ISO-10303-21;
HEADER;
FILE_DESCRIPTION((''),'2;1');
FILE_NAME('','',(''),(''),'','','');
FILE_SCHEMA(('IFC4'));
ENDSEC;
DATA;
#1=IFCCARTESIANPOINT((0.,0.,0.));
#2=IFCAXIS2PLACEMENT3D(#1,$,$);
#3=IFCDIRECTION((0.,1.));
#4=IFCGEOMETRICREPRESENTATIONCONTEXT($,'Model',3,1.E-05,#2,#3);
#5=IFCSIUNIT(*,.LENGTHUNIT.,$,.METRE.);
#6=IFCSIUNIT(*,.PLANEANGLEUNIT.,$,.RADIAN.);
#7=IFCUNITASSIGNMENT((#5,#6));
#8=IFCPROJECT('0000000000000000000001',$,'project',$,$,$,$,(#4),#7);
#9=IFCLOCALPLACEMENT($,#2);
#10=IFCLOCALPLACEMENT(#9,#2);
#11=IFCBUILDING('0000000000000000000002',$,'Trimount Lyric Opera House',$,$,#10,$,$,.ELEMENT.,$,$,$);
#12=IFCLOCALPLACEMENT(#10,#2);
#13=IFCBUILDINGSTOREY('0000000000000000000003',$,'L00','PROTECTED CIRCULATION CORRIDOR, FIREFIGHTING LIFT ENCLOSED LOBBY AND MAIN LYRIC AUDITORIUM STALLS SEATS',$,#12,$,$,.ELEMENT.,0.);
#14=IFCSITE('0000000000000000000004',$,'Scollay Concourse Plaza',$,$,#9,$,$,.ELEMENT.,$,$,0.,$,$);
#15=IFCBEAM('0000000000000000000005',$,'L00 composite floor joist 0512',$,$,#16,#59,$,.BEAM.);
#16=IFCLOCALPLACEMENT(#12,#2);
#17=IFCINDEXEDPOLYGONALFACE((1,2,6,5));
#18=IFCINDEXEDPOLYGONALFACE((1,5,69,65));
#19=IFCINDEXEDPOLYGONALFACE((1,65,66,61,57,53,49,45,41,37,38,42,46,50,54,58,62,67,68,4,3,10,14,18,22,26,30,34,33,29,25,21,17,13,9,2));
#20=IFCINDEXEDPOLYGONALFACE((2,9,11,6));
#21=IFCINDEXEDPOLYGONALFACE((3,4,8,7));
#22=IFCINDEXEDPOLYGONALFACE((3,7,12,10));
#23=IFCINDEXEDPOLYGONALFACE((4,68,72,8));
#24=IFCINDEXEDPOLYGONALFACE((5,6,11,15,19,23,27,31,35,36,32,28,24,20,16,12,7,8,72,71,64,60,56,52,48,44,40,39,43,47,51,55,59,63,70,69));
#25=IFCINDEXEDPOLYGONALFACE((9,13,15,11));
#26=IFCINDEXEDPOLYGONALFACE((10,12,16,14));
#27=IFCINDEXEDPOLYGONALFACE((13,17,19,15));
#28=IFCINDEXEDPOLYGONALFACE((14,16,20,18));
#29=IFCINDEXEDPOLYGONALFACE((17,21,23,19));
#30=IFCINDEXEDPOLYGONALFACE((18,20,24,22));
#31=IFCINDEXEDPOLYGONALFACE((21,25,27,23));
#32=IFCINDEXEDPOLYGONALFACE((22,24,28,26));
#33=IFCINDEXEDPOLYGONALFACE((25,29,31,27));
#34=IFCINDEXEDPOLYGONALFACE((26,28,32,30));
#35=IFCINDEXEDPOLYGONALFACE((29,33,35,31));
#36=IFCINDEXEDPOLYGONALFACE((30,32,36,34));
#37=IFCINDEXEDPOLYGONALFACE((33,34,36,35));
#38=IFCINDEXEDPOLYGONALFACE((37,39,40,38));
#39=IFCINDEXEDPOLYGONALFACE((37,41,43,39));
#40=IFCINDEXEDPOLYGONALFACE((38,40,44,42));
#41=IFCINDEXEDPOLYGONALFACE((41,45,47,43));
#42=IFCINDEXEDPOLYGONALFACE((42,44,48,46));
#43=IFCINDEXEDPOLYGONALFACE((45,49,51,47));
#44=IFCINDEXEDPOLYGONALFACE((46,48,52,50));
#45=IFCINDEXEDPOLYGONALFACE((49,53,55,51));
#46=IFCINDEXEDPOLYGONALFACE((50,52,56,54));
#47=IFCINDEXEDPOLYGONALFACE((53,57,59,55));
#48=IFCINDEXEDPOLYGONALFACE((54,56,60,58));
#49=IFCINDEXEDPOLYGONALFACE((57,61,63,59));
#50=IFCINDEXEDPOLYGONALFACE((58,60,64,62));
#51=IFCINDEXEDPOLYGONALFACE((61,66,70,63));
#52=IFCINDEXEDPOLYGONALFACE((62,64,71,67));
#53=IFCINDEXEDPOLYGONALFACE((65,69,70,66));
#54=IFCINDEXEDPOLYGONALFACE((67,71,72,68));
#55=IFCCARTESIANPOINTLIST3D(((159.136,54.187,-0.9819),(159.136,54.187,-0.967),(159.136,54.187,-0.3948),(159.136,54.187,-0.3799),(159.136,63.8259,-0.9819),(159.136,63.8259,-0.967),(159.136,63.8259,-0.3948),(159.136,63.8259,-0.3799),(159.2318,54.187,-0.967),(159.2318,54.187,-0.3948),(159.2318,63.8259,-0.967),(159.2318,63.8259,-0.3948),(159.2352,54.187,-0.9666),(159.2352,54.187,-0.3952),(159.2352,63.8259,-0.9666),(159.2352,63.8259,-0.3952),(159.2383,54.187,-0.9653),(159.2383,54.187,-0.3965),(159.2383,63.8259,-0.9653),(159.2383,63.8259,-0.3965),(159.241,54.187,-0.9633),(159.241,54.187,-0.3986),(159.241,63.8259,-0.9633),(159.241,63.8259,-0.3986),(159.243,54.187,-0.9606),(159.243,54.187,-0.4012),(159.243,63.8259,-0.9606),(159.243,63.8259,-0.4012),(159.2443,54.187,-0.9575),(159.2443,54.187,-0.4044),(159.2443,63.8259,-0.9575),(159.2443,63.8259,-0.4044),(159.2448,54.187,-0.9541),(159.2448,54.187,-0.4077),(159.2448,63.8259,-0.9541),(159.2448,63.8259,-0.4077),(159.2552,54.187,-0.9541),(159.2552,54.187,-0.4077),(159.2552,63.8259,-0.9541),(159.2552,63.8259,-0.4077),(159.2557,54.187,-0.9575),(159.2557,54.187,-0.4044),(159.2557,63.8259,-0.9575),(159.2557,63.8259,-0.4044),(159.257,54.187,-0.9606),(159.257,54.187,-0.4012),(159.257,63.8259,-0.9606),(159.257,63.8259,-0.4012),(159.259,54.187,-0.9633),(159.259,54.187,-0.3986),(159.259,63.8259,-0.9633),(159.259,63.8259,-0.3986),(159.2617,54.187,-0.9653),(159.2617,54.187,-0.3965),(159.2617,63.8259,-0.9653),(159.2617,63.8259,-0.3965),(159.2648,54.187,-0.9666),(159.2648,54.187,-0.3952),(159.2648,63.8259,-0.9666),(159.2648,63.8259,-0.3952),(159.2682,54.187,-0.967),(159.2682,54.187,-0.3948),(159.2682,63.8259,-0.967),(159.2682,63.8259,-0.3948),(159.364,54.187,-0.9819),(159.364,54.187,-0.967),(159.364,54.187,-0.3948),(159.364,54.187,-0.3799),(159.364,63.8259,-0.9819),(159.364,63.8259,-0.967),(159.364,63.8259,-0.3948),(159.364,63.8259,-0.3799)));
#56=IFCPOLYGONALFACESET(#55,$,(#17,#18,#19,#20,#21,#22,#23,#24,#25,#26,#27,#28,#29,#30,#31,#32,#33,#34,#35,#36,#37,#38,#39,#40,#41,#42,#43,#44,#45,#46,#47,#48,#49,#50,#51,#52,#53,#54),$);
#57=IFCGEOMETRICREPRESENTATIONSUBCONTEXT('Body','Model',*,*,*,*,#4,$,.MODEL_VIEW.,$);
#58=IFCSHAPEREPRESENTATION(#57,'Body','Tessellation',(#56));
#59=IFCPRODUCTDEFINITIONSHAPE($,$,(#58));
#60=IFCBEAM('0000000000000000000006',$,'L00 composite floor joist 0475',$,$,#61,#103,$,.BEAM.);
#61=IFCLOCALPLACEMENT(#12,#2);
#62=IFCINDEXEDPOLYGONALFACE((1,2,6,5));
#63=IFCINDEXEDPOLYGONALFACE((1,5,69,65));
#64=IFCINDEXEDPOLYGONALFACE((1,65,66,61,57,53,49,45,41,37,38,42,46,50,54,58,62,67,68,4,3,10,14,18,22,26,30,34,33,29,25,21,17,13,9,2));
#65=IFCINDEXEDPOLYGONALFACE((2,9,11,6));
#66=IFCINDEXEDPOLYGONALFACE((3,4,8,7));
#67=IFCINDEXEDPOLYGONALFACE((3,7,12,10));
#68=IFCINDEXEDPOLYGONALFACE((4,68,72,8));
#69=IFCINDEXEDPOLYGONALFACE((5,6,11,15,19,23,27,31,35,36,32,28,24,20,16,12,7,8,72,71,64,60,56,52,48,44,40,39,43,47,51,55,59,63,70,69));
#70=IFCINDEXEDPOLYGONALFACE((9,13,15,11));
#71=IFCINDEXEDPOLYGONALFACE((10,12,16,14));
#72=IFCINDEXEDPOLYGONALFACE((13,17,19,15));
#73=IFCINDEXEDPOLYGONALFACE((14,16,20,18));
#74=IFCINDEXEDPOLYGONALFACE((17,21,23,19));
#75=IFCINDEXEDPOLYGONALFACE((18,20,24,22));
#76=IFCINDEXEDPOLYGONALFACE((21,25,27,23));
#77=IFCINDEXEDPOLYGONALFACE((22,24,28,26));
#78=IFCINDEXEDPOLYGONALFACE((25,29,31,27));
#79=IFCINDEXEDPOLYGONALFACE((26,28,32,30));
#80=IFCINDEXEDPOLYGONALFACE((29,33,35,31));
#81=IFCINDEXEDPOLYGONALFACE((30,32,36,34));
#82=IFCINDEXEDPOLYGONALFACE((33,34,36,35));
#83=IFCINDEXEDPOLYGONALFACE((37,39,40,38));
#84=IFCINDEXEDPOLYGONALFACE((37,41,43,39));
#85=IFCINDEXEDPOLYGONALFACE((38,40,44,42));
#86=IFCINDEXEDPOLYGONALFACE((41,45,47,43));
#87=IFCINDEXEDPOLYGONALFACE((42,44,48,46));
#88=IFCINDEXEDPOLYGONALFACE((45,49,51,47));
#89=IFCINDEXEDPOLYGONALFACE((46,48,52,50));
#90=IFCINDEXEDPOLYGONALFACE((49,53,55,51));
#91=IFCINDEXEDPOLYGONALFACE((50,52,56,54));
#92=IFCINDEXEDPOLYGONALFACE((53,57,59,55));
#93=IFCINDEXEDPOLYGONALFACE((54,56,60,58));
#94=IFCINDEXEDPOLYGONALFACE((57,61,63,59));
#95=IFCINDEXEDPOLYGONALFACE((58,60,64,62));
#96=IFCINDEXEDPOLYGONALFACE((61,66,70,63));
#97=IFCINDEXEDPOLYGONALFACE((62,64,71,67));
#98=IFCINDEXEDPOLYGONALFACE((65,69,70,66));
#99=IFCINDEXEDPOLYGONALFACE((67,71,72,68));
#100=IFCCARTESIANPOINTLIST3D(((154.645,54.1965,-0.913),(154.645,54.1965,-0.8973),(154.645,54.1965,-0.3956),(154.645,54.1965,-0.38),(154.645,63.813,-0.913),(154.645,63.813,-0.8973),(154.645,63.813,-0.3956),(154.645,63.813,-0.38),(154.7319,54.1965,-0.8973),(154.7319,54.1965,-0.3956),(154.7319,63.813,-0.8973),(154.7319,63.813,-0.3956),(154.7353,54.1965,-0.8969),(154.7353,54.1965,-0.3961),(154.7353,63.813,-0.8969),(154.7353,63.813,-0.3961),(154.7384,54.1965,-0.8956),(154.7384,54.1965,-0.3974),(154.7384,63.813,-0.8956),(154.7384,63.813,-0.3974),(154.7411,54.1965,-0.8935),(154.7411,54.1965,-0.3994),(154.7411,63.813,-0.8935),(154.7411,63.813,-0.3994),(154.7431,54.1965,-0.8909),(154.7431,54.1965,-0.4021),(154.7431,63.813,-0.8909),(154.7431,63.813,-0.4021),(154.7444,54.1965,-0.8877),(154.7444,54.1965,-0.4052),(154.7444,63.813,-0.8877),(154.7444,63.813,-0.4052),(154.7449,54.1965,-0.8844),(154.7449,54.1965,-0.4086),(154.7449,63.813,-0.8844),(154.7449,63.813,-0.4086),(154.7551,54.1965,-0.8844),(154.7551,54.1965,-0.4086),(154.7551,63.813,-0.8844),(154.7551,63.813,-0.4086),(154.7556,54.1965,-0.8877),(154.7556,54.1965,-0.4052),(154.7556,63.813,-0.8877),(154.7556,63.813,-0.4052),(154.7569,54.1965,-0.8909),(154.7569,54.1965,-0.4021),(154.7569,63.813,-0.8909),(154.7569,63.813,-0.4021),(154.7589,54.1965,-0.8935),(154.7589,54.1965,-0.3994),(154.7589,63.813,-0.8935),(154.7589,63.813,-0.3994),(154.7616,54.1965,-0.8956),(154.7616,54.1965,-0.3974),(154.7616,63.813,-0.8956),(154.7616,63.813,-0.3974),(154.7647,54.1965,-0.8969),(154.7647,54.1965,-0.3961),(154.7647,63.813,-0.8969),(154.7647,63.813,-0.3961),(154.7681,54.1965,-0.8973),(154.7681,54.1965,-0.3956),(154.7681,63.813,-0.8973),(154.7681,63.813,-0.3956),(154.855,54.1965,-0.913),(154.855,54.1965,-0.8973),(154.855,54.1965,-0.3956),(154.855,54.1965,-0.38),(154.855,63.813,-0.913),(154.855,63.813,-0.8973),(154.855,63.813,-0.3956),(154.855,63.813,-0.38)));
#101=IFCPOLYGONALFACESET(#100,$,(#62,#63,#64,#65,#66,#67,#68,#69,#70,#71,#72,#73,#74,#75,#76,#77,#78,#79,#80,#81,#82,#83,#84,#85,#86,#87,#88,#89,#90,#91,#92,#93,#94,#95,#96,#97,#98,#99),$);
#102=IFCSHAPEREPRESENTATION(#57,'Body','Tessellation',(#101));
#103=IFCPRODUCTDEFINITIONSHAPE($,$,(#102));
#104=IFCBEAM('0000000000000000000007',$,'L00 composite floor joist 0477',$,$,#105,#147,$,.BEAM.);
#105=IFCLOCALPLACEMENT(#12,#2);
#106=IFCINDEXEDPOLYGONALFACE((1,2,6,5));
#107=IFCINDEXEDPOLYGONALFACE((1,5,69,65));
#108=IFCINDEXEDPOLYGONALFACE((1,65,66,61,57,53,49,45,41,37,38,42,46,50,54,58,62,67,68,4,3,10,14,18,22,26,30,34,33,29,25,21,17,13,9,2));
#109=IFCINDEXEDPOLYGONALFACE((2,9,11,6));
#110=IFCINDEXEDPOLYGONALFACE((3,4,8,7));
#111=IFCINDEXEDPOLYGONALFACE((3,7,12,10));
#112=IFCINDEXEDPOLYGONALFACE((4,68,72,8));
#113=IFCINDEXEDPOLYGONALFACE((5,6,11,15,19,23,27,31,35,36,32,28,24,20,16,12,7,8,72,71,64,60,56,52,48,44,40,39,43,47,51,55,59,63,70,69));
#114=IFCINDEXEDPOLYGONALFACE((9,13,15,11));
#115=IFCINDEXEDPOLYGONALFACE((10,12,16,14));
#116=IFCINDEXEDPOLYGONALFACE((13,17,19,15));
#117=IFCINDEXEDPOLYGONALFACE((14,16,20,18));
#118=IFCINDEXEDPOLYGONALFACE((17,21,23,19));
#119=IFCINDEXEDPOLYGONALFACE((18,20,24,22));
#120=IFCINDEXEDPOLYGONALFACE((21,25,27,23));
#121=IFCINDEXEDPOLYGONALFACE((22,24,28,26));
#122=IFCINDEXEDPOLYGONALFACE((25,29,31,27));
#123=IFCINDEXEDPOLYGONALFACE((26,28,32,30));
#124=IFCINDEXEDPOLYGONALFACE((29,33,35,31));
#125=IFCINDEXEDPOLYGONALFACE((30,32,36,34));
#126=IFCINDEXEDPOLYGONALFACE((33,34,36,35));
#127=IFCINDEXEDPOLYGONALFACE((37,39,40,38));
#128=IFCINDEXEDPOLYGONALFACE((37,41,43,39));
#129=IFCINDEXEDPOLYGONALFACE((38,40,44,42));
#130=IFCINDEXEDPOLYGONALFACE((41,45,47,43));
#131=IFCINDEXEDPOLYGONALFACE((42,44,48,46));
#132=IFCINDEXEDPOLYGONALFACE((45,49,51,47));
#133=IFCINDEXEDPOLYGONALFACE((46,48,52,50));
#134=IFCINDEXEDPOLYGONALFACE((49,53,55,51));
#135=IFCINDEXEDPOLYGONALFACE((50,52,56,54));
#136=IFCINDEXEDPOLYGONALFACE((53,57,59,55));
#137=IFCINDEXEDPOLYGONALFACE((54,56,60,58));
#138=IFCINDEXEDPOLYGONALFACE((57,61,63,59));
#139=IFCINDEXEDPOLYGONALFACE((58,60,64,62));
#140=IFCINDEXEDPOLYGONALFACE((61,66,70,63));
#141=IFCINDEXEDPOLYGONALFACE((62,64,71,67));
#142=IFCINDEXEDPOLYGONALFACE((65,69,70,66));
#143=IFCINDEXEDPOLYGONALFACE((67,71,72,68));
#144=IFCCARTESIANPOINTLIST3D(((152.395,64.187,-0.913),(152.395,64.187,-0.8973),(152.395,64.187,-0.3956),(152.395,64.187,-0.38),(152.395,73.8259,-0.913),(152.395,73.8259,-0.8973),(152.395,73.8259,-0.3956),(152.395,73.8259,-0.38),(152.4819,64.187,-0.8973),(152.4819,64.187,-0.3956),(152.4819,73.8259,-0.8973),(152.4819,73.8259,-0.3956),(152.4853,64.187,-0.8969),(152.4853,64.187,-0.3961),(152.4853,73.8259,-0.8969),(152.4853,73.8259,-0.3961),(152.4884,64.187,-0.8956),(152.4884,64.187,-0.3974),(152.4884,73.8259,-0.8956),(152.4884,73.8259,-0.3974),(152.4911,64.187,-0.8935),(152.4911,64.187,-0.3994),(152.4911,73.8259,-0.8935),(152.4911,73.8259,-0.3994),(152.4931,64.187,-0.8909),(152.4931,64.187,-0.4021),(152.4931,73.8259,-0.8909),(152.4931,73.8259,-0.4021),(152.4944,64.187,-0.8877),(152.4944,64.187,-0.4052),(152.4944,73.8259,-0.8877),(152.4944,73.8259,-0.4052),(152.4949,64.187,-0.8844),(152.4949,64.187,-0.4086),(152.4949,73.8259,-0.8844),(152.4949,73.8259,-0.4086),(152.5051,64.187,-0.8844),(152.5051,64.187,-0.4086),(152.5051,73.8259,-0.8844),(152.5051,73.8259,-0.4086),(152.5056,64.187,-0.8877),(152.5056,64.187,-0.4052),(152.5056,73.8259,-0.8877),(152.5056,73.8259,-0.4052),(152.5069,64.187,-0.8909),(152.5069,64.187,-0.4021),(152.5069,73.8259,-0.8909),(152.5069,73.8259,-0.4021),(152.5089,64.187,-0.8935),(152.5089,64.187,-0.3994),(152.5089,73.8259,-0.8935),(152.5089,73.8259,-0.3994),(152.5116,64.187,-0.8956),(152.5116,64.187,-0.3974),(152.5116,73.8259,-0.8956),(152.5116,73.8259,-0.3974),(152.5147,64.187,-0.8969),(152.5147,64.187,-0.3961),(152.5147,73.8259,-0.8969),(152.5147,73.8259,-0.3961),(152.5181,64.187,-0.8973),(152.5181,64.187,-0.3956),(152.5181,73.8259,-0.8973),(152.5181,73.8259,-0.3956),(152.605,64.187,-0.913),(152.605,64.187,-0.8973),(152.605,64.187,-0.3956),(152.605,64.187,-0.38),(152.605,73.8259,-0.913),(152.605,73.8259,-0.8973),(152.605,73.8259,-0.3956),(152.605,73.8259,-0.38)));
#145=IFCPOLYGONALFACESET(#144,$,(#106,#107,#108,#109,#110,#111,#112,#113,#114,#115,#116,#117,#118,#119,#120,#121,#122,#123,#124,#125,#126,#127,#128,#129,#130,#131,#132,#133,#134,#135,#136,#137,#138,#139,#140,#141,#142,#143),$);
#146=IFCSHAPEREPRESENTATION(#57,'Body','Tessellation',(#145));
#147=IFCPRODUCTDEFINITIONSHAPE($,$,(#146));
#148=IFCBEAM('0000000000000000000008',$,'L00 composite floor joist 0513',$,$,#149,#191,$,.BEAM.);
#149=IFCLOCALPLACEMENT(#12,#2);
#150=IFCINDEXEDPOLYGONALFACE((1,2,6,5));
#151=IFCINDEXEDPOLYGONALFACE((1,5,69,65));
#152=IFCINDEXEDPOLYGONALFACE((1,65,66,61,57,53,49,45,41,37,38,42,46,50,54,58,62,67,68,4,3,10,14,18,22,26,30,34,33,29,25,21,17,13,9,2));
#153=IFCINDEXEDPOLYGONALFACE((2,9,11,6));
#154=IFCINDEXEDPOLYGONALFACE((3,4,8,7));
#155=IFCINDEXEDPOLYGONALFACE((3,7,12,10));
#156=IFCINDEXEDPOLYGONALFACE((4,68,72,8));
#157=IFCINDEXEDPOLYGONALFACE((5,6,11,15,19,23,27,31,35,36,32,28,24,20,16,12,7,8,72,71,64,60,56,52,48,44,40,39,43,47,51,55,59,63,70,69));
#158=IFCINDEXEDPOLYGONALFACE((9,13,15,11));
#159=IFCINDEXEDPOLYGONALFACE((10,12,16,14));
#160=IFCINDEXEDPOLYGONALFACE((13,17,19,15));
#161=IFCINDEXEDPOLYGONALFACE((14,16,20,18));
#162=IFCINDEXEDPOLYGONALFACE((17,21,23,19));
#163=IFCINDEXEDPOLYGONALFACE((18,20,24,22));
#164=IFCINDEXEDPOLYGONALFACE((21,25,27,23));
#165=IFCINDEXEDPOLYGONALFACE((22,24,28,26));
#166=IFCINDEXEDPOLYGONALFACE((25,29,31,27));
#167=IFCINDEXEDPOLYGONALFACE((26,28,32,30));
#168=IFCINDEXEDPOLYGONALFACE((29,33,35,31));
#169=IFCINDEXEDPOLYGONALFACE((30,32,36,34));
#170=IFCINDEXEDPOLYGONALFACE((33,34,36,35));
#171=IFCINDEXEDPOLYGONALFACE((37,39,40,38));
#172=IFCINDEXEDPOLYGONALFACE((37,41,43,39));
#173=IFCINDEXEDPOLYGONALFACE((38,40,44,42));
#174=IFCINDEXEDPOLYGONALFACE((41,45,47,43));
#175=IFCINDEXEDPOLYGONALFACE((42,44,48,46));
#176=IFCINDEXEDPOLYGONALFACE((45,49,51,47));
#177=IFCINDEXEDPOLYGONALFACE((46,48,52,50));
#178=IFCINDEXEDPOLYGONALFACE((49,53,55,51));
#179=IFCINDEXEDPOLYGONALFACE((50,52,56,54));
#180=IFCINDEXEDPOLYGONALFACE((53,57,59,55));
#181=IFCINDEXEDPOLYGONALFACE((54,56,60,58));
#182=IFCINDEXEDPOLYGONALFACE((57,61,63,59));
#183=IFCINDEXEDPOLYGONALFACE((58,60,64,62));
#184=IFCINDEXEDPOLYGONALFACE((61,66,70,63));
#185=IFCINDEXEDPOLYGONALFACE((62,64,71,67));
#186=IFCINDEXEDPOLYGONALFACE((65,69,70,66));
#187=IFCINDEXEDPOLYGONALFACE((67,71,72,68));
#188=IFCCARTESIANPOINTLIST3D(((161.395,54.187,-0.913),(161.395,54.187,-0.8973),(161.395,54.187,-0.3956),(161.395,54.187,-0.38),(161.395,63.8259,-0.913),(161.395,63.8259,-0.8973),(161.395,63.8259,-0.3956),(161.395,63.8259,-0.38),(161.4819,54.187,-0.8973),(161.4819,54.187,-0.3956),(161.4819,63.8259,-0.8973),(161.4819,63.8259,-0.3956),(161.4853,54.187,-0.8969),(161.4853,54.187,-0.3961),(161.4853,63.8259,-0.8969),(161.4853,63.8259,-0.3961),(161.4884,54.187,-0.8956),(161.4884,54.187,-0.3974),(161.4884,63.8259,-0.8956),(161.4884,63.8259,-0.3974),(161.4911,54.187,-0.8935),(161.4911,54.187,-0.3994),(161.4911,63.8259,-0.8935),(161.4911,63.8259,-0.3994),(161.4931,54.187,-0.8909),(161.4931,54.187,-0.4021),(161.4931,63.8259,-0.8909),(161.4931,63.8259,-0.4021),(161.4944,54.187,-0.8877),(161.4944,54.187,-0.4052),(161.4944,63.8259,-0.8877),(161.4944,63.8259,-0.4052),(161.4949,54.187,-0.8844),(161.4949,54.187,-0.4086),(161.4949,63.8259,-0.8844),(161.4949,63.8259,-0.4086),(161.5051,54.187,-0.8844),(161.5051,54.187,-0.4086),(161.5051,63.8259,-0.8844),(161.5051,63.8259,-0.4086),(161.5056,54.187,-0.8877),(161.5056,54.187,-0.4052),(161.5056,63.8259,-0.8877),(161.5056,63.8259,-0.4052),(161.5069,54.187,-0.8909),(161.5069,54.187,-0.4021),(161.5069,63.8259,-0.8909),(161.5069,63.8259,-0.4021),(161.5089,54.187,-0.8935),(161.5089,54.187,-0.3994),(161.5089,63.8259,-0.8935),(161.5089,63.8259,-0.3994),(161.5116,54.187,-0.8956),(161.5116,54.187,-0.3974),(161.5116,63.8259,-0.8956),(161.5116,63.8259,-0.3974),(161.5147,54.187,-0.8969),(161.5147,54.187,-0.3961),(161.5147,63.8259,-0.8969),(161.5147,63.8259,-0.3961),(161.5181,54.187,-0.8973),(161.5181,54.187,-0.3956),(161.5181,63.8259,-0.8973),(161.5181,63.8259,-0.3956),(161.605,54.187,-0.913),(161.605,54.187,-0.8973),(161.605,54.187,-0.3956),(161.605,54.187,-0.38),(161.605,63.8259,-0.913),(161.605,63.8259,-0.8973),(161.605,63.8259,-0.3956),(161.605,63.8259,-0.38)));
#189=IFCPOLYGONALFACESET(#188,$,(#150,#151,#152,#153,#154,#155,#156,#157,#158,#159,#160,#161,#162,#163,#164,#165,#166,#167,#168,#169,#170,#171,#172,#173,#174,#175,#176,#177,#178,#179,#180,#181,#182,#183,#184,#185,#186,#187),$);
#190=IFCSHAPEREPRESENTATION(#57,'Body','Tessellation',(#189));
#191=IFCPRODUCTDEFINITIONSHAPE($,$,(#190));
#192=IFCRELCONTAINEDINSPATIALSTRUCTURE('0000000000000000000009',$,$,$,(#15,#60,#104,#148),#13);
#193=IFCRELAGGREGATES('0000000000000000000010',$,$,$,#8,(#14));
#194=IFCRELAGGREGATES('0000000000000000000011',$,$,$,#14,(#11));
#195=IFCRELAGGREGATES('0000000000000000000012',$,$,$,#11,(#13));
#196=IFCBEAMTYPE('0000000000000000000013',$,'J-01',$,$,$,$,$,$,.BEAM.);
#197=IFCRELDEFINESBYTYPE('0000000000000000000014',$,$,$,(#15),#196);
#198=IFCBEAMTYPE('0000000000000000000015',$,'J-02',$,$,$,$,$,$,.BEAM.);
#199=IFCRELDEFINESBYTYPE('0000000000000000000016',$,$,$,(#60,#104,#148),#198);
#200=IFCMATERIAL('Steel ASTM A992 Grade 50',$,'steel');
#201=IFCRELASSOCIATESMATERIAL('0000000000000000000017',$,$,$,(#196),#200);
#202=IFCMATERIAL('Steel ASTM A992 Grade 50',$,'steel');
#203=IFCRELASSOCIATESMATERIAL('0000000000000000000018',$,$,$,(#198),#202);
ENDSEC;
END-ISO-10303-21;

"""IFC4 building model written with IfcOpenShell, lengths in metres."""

from ifc_helpers import new_model, si_unit, direction, frame, origin, origin_2d, place, context, subcontext, project, spatial, i_section, extrude, material, material_profile, profile_set, type_object, element, save


model = new_model("IFC4")

# Units and contexts
model_context = context("Model", 3, precision=1e-05, world=origin(), true_north=direction((0.0, 1.0)))
body_context = subcontext(model_context, "Body", "Model", "MODEL_VIEW")
ifc_project = project(units=[si_unit("LENGTHUNIT", "METRE"), si_unit("PLANEANGLEUNIT", "RADIAN")], contexts=[model_context])

# Site, building, storey
site_placement = place(None, origin())
site = spatial("IfcSite", under=ifc_project, at=site_placement, Name="Scollay Concourse Plaza", CompositionType="ELEMENT", RefElevation=0.0)
building_placement = place(site_placement, origin())
building = spatial("IfcBuilding", under=site, at=building_placement, Name="Trimount Lyric Opera House", CompositionType="ELEMENT")
storey_placement = place(building_placement, origin())
storey = spatial("IfcBuildingStorey", under=building, at=storey_placement, Name="L00", Description="PROTECTED CIRCULATION CORRIDOR, FIREFIGHTING LIFT ENCLOSED LOBBY AND MAIN LYRIC AUDITORIUM STALLS SEATS", CompositionType="ELEMENT", Elevation=0.0)

# Beams
ifc_material_1 = material(Name="Steel ASTM A992 Grade 50", Category="steel")
ifc_material_profile_1 = material_profile(ifc_material_1, i_section(OverallWidth=0.228, OverallDepth=0.6021, WebThickness=0.0105, FlangeThickness=0.0149, FilletRadius=0.0129, at=origin_2d()), Name="W24X68")
ifc_profile_set_1 = profile_set([ifc_material_profile_1], Name="Steel ASTM A992 Grade 50")
beam_type_1 = type_object("IfcBeamType", Name="J-01", PredefinedType="BEAM", material=ifc_profile_set_1)
for number, where, z_axis, x_axis, name in (
    (1, (159.25, 54.187, -0.6809), (0.0, 1.0, 0.0), (-1.0, 0.0, 0.0), "L00 composite floor joist 0512"),
):
    element("IfcBeam", number, at=place(storey_placement, frame(where, z_axis=z_axis, x_axis=x_axis)), inside=storey, type_object=beam_type_1, Name=name, PredefinedType="BEAM", context=body_context, shape_type="SweptSolid", body=[
        extrude(i_section(OverallWidth=0.228, OverallDepth=0.6021, WebThickness=0.0105, FlangeThickness=0.0149, FilletRadius=0.0129, at=origin_2d()), origin(), (0.0, 0.0, 1.0), 9.6389),
    ])
ifc_material_2 = material(Name="Steel ASTM A992 Grade 50", Category="steel")
ifc_material_profile_2 = material_profile(ifc_material_2, i_section(OverallWidth=0.21, OverallDepth=0.533, WebThickness=0.0103, FlangeThickness=0.0156, FilletRadius=0.0129, at=origin_2d()), Name="W21X62")
ifc_profile_set_2 = profile_set([ifc_material_profile_2], Name="Steel ASTM A992 Grade 50")
beam_type_2 = type_object("IfcBeamType", Name="J-02", PredefinedType="BEAM", material=ifc_profile_set_2)
beam_1_placement = place(storey_placement, frame((154.75, 54.1965, -0.6465), z_axis=(0.0, 1.0, 0.0), x_axis=(-1.0, 0.0, 0.0)))
element("IfcBeam", 2, at=beam_1_placement, inside=storey, type_object=beam_type_2, Name="L00 composite floor joist 0475", PredefinedType="BEAM", context=body_context, shape_type="SweptSolid", body=[
    extrude(i_section(OverallWidth=0.21, OverallDepth=0.533, WebThickness=0.0103, FlangeThickness=0.0156, FilletRadius=0.0129, at=origin_2d()), origin(), (0.0, 0.0, 1.0), 9.6165),
])
for number, where, z_axis, x_axis, name in (
    (3, (152.5, 64.187, -0.6465), (0.0, 1.0, 0.0), (-1.0, 0.0, 0.0), "L00 composite floor joist 0477"),
    (4, (161.5, 54.187, -0.6465), (0.0, 1.0, 0.0), (-1.0, 0.0, 0.0), "L00 composite floor joist 0513"),
):
    element("IfcBeam", number, at=place(storey_placement, frame(where, z_axis=z_axis, x_axis=x_axis)), inside=storey, type_object=beam_type_2, Name=name, PredefinedType="BEAM", context=body_context, shape_type="SweptSolid", body=[
        extrude(i_section(OverallWidth=0.21, OverallDepth=0.533, WebThickness=0.0103, FlangeThickness=0.0156, FilletRadius=0.0129, at=origin_2d()), origin(), (0.0, 0.0, 1.0), 9.6389),
    ])

save(model, "model.ifc")
